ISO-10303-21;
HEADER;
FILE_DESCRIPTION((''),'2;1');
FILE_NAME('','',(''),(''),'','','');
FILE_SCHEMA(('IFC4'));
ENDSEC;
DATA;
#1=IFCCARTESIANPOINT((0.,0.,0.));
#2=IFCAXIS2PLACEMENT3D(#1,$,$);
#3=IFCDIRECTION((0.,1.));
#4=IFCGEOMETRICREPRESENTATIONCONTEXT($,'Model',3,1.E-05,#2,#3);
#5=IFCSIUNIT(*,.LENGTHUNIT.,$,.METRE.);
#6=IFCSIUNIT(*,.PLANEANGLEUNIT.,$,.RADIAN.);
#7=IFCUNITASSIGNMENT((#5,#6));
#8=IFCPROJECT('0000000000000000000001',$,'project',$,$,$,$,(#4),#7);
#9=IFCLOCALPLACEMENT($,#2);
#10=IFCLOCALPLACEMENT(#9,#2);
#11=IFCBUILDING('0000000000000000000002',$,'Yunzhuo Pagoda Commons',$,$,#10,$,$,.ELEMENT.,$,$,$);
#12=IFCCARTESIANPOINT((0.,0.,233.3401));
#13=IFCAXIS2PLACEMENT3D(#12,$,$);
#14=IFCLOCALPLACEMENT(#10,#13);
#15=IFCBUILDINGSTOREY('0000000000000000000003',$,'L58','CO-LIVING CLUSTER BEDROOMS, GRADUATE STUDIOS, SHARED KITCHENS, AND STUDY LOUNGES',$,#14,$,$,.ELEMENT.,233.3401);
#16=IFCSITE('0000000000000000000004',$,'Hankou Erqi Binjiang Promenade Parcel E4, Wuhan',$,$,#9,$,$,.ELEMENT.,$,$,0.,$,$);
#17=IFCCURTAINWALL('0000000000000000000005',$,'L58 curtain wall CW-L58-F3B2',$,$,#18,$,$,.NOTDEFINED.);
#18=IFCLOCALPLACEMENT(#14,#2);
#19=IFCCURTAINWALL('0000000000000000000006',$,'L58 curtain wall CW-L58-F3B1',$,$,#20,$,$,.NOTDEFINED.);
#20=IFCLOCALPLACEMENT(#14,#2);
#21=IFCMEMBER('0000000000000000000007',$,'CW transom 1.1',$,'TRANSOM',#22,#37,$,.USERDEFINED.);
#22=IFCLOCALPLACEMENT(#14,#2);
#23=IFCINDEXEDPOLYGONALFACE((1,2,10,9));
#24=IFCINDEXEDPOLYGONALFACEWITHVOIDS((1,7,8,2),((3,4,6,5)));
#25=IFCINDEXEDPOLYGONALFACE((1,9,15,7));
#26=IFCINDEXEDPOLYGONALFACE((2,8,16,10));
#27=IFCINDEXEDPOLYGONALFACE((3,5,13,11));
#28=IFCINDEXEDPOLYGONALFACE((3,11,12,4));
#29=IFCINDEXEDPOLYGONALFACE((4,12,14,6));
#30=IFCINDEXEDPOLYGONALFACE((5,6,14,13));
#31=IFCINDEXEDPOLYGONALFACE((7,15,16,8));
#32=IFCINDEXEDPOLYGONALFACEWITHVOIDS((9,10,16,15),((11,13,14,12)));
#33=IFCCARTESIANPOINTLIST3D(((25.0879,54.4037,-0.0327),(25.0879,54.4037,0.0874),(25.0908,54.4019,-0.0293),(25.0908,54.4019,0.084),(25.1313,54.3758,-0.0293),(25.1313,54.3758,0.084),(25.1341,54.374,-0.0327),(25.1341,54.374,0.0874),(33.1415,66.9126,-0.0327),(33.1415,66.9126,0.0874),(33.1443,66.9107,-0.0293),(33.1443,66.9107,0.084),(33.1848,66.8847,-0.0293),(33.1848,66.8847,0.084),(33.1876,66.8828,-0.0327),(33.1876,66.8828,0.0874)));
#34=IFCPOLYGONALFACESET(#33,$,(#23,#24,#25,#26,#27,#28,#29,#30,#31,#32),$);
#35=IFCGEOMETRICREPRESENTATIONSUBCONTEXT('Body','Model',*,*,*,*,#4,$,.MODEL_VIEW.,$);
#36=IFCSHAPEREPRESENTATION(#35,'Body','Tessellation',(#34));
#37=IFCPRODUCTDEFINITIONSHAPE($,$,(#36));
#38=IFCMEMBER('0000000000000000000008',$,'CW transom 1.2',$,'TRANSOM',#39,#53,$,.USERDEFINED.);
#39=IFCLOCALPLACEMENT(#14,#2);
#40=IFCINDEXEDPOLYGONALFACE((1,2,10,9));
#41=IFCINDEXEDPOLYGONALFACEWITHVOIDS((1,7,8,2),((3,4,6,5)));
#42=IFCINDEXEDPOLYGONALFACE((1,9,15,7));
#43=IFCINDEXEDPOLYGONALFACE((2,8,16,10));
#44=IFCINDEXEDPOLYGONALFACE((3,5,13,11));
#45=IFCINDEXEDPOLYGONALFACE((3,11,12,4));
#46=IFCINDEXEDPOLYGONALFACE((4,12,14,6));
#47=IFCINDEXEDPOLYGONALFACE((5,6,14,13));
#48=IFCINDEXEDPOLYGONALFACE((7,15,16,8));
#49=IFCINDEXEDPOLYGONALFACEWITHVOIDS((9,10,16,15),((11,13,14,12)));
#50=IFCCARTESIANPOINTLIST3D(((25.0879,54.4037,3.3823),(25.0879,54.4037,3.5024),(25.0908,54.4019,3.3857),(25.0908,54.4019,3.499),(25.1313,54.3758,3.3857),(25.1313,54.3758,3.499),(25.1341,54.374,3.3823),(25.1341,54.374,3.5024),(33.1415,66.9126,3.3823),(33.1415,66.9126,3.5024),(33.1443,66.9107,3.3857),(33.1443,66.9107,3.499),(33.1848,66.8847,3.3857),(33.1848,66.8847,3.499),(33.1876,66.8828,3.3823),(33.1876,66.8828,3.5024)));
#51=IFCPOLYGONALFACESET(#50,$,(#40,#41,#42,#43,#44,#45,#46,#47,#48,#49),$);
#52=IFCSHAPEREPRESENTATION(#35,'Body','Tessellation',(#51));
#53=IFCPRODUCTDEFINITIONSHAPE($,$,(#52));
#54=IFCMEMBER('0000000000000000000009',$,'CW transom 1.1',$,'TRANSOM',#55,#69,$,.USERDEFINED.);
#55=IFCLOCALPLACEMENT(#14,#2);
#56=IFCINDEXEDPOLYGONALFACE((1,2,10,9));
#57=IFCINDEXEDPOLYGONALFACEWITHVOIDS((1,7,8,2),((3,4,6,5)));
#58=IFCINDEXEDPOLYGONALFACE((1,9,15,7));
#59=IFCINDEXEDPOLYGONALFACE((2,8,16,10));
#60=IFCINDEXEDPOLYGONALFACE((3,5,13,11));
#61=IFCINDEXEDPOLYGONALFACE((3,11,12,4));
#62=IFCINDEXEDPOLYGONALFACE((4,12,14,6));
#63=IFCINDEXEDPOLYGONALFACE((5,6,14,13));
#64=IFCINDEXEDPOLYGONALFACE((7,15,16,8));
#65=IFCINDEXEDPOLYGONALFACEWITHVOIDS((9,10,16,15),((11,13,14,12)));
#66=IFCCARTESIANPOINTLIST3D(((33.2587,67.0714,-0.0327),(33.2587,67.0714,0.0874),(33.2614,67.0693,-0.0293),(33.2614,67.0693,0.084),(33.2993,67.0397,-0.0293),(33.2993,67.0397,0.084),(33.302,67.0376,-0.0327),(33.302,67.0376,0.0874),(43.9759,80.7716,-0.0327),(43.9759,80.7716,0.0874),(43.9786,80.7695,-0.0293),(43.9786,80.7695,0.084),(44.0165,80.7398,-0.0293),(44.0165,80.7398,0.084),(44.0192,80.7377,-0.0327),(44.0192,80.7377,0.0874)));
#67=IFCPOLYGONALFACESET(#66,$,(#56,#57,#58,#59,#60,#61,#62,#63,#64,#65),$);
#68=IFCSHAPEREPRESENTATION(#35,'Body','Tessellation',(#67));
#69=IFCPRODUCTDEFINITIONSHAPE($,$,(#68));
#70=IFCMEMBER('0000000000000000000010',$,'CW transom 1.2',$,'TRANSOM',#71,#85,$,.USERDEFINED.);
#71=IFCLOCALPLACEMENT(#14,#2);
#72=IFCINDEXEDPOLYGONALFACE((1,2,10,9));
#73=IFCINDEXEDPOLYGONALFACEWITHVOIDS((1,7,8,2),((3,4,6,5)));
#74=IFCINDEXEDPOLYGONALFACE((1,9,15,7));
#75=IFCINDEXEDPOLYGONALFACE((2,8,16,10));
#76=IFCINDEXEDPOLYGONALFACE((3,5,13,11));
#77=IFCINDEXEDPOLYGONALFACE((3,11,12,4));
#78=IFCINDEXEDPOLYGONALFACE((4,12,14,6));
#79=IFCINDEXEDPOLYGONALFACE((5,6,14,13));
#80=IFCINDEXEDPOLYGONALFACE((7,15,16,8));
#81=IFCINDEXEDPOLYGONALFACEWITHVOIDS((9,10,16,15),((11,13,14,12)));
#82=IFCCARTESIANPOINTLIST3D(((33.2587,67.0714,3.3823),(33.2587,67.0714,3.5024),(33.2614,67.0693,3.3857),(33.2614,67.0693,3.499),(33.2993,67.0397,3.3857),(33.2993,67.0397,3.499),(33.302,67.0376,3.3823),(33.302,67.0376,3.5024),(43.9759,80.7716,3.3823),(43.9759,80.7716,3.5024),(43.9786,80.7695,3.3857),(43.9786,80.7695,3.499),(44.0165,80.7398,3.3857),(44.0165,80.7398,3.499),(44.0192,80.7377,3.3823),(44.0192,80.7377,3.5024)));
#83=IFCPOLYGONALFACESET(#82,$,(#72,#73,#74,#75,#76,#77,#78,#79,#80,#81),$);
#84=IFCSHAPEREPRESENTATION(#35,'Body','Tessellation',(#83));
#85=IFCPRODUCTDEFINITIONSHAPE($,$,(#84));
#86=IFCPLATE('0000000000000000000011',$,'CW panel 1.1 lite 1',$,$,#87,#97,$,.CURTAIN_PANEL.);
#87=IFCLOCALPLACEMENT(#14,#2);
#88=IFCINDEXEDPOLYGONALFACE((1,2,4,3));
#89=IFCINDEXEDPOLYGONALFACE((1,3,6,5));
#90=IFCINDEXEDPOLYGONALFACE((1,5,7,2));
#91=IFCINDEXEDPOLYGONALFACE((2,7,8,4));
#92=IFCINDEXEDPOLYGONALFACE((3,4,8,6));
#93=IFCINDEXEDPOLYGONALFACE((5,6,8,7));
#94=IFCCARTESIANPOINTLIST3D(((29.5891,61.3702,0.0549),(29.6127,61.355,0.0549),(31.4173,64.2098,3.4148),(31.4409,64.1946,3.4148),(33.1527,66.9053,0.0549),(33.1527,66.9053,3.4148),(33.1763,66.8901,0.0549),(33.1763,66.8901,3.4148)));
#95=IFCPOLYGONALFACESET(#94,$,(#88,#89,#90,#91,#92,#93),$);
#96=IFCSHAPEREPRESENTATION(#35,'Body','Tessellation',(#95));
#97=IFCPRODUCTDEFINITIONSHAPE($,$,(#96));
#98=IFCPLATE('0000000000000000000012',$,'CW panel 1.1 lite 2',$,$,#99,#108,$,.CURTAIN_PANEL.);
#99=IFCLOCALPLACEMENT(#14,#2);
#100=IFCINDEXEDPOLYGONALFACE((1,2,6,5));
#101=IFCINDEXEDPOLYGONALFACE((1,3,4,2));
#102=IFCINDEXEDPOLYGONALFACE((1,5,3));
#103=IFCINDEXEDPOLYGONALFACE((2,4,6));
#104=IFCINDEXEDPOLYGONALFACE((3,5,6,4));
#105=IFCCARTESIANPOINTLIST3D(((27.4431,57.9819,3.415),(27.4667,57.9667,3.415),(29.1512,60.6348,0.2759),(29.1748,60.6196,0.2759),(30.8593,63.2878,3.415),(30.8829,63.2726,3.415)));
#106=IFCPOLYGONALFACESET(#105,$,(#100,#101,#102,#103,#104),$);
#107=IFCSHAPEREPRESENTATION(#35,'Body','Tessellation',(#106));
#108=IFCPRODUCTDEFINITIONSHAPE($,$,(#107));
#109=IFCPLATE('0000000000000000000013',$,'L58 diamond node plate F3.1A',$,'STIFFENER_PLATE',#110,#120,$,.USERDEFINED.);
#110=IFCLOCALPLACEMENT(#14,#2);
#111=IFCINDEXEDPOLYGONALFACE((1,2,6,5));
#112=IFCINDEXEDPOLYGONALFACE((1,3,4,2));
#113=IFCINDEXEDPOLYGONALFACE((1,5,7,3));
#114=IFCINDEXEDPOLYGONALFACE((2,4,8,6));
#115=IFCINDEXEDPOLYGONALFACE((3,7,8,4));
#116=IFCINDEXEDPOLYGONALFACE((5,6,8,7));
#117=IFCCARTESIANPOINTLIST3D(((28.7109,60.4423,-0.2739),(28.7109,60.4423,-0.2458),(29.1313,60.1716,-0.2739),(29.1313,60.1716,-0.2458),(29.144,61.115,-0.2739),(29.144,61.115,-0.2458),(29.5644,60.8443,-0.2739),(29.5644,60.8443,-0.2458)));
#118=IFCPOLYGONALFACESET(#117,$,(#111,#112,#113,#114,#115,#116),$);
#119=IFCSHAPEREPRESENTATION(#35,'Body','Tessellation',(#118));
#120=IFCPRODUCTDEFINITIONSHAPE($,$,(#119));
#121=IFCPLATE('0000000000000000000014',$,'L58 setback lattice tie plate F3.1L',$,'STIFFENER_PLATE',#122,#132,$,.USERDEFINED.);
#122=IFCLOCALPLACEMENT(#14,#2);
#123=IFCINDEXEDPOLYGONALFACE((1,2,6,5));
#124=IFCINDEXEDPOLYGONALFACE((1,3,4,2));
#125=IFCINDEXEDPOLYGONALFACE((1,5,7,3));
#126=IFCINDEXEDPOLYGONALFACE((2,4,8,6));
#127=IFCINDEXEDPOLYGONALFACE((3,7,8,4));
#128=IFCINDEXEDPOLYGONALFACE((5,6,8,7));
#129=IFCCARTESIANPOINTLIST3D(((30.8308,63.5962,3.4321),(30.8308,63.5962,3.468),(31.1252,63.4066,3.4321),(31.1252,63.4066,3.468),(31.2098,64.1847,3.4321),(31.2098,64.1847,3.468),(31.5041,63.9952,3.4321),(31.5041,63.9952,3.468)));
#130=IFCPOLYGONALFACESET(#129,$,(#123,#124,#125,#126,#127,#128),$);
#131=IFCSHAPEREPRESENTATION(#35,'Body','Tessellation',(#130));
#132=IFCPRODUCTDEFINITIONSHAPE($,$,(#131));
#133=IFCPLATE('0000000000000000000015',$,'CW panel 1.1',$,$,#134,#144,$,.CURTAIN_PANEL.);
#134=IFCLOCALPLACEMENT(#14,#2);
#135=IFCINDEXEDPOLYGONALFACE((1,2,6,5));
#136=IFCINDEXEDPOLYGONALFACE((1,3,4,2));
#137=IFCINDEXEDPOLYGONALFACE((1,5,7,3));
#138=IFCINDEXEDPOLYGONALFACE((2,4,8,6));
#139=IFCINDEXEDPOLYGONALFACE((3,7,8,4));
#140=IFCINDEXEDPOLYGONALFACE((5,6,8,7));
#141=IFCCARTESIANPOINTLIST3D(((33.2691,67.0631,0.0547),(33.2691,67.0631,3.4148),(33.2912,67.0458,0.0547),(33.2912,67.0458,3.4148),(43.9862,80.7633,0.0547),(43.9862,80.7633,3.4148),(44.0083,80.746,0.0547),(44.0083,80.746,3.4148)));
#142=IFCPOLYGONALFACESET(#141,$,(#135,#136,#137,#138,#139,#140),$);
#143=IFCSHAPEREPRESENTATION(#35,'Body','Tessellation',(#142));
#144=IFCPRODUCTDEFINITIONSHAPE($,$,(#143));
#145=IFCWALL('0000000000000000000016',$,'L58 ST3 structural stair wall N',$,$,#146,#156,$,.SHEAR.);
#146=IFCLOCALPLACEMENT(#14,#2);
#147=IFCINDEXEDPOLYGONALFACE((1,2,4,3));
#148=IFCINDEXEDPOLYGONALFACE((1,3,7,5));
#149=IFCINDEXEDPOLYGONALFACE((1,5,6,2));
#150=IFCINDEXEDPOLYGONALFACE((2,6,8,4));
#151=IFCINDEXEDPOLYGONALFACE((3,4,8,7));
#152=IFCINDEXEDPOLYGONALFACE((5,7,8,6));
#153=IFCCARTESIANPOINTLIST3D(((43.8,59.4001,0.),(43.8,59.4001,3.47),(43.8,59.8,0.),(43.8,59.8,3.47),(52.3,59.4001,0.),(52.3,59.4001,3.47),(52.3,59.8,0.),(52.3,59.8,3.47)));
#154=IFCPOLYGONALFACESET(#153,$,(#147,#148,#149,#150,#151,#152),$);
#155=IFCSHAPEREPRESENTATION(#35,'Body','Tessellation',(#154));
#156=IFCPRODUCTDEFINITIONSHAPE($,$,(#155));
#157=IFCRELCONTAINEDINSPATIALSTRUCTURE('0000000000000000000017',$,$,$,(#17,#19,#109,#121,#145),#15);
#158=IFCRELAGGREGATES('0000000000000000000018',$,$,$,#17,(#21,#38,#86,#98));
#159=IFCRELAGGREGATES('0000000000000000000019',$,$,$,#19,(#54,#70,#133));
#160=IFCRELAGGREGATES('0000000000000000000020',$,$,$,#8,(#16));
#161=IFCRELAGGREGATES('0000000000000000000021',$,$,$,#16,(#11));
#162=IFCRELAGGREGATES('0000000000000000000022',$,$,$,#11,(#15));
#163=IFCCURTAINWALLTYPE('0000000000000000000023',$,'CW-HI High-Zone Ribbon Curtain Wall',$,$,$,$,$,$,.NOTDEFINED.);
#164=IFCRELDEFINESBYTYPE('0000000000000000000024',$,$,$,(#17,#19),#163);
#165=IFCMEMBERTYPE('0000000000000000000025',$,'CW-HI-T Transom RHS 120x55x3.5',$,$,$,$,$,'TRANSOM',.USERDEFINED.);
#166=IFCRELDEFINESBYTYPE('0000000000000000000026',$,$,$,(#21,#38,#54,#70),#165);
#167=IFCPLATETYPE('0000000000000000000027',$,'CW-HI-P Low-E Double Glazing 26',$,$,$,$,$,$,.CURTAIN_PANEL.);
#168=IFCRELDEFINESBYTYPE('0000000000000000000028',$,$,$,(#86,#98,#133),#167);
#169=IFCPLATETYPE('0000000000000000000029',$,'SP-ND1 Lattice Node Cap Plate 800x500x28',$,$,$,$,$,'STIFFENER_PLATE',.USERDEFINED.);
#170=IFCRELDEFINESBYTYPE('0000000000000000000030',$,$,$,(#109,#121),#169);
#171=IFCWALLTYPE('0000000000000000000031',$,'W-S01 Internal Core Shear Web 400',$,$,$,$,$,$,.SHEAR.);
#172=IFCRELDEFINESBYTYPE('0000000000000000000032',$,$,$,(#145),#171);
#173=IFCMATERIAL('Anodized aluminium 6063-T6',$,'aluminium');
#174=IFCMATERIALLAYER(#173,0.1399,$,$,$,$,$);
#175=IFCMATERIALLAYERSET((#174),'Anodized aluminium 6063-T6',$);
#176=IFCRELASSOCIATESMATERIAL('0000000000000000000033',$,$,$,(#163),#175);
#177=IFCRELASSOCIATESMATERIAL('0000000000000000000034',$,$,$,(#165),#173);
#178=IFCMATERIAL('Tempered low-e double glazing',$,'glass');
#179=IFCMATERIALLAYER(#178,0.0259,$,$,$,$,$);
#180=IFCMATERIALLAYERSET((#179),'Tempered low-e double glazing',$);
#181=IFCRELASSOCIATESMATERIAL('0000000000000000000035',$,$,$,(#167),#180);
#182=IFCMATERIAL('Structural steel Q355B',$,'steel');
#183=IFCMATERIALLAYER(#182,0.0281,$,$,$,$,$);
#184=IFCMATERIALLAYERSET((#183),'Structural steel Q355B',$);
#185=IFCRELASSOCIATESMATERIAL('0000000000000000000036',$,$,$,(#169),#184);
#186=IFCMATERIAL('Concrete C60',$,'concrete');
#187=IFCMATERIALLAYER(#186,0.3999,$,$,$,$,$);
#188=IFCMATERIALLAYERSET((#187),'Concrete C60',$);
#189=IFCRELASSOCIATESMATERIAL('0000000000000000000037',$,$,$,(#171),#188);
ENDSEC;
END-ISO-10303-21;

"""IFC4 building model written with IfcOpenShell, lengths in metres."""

from ifc_helpers import new_model, si_unit, direction, frame, frame_2d, origin, origin_2d, place, context, subcontext, project, spatial, polyline, rectangle, hollow_rectangle, outline, extrude, source, transform, mapped, material, layer, layer_set, material_profile, profile_set, type_object, element, aggregate, save


model = new_model("IFC4")

# Units and contexts
model_context = context("Model", 3, precision=1e-05, world=origin(), true_north=direction((0.0, 1.0)))
body_context = subcontext(model_context, "Body", "Model", "MODEL_VIEW")
ifc_project = project(units=[si_unit("LENGTHUNIT", "METRE"), si_unit("PLANEANGLEUNIT", "RADIAN")], contexts=[model_context])

# Site, building, storey
site_placement = place(None, origin())
site = spatial("IfcSite", under=ifc_project, at=site_placement, Name="Hankou Erqi Binjiang Promenade Parcel E4, Wuhan", CompositionType="ELEMENT", RefElevation=0.0)
building_placement = place(site_placement, origin())
building = spatial("IfcBuilding", under=site, at=building_placement, Name="Yunzhuo Pagoda Commons", CompositionType="ELEMENT")
storey_placement = place(building_placement, frame((0.0, 0.0, 233.3401)))
storey = spatial("IfcBuildingStorey", under=building, at=storey_placement, Name="L58", Description="CO-LIVING CLUSTER BEDROOMS, GRADUATE STUDIOS, SHARED KITCHENS, AND STUDY LOUNGES", CompositionType="ELEMENT", Elevation=233.3401)

# Shared definitions
ifc_material_1 = material(Name="Structural steel Q355B", Category="steel")

# Curtain wall
ifc_material_2 = material(Name="Anodized aluminium 6063-T6", Category="aluminium")
ifc_layer_1 = layer(ifc_material_2, 0.1399)
ifc_layer_set_1 = layer_set([ifc_layer_1], Name="Anodized aluminium 6063-T6")
curtain_wall_type = type_object("IfcCurtainWallType", Name="CW-HI High-Zone Ribbon Curtain Wall", PredefinedType="NOTDEFINED", material=ifc_layer_set_1)
curtain_wall_1_placement = place(storey_placement, origin())
curtain_wall_1 = element("IfcCurtainWall", 1, at=curtain_wall_1_placement, inside=storey, type_object=curtain_wall_type, Name="L58 curtain wall CW-L58-F3B2", PredefinedType="NOTDEFINED")

# Curtain wall
curtain_wall_2_placement = place(storey_placement, origin())
curtain_wall_2 = element("IfcCurtainWall", 2, at=curtain_wall_2_placement, inside=storey, type_object=curtain_wall_type, Name="L58 curtain wall CW-L58-F3B1", PredefinedType="NOTDEFINED")

# Members
ifc_material_profile_1 = material_profile(ifc_material_2, hollow_rectangle(XDim=0.0549, YDim=0.1201, WallThickness=0.0034, at=origin_2d()), Name="Anodized aluminium 6063-T6")
ifc_profile_set_1 = profile_set([ifc_material_profile_1], Name="Anodized aluminium 6063-T6")
member_type_1 = type_object("IfcMemberType", Name="CW-HI-T Transom RHS 120x55x3.5", ElementType="TRANSOM", PredefinedType="USERDEFINED", material=ifc_profile_set_1)
shared_shape_1 = source(origin(), body_context, "Body", "SweptSolid", [
    extrude(hollow_rectangle(XDim=0.0549, YDim=0.1201, WallThickness=0.0034, at=origin_2d()), origin(), (0.0, 0.0, 1.0), 14.8772),
])
member_1_placement = place(storey_placement, frame((33.1646, 66.8977, 0.0273), z_axis=(-0.541333, -0.840808, 0.0), x_axis=(0.840808, -0.541333, 0.0)))
member_1 = element("IfcMember", 3, at=member_1_placement, type_object=member_type_1, Name="CW transom 1.1", ObjectType="TRANSOM", PredefinedType="USERDEFINED", context=body_context, shape_type="MappedRepresentation", body=[
    mapped(shared_shape_1, transform((0.0, 0.0, 0.0), scale=1.0)),
])
member_2_placement = place(storey_placement, frame((33.1646, 66.8977, 3.4424), z_axis=(-0.541333, -0.840808, 0.0), x_axis=(0.840808, -0.541333, 0.0)))
member_2 = element("IfcMember", 4, at=member_2_placement, type_object=member_type_1, Name="CW transom 1.2", ObjectType="TRANSOM", PredefinedType="USERDEFINED", context=body_context, shape_type="MappedRepresentation", body=[
    mapped(shared_shape_1, transform((0.0, 0.0, 0.0), scale=1.0)),
])
shared_shape_2 = source(origin(), body_context, "Body", "SweptSolid", [
    extrude(hollow_rectangle(XDim=0.0549, YDim=0.1201, WallThickness=0.0034, at=origin_2d()), origin(), (0.0, 0.0, 1.0), 17.394),
])
member_3_placement = place(storey_placement, frame((43.9976, 80.7546, 0.0273), z_axis=(-0.616144, -0.787634, 0.0), x_axis=(0.787634, -0.616144, 0.0)))
member_3 = element("IfcMember", 5, at=member_3_placement, type_object=member_type_1, Name="CW transom 1.1", ObjectType="TRANSOM", PredefinedType="USERDEFINED", context=body_context, shape_type="MappedRepresentation", body=[
    mapped(shared_shape_2, transform((0.0, 0.0, 0.0), scale=1.0)),
])
member_4_placement = place(storey_placement, frame((43.9976, 80.7546, 3.4424), z_axis=(-0.616144, -0.787634, 0.0), x_axis=(0.787634, -0.616144, 0.0)))
member_4 = element("IfcMember", 6, at=member_4_placement, type_object=member_type_1, Name="CW transom 1.2", ObjectType="TRANSOM", PredefinedType="USERDEFINED", context=body_context, shape_type="MappedRepresentation", body=[
    mapped(shared_shape_2, transform((0.0, 0.0, 0.0), scale=1.0)),
])

# Plates
ifc_material_3 = material(Name="Tempered low-e double glazing", Category="glass")
ifc_layer_2 = layer(ifc_material_3, 0.0259)
ifc_layer_set_2 = layer_set([ifc_layer_2], Name="Tempered low-e double glazing")
plate_type_1 = type_object("IfcPlateType", Name="CW-HI-P Low-E Double Glazing 26", PredefinedType="CURTAIN_PANEL", material=ifc_layer_set_2)
plate_1_placement = place(storey_placement, frame((31.3945, 64.1226, 1.7349), z_axis=(-0.840807, 0.541334, 0.0), x_axis=(-0.541334, -0.840807, 0.0)))
plate_1 = element("IfcPlate", 7, at=plate_1_placement, type_object=plate_type_1, Name="CW panel 1.1 lite 1", PredefinedType="CURTAIN_PANEL", context=body_context, shape_type="SweptSolid", body=[
    extrude(outline(polyline([(-3.2915, -1.6799), (3.2915, -1.6799), (-0.0857, 1.6799), (-3.2915, 1.6799), (-3.2915, -1.6799)])), origin(), (0.0, 0.0, 1.0), 0.0281),
])
plate_2_placement = place(storey_placement, frame((29.1748, 60.6196, 1.8455), z_axis=(-0.840807, 0.541334, 0.0), x_axis=(-0.541334, -0.840807, 0.0)))
plate_2 = element("IfcPlate", 8, at=plate_2_placement, type_object=plate_type_1, Name="CW panel 1.1 lite 2", PredefinedType="CURTAIN_PANEL", context=body_context, shape_type="SweptSolid", body=[
    extrude(outline(polyline([(-3.1553, 1.5696), (0.0, -1.5696), (3.1553, 1.5696), (-3.1553, 1.5696)])), origin(), (0.0, 0.0, 1.0), 0.0281),
])
aggregate(curtain_wall_1, [member_1, member_2, plate_1, plate_2])

# Plates
ifc_layer_3 = layer(ifc_material_1, 0.0281)
ifc_layer_set_3 = layer_set([ifc_layer_3], Name="Structural steel Q355B")
plate_type_2 = type_object("IfcPlateType", Name="SP-ND1 Lattice Node Cap Plate 800x500x28", ElementType="STIFFENER_PLATE", PredefinedType="USERDEFINED", material=ifc_layer_set_3)
shared_shape_3 = source(origin(), body_context, "Body", "SweptSolid", [
    extrude(rectangle(XDim=0.8, YDim=0.5, at=origin_2d()), origin(), (0.0, 0.0, 1.0), 0.0281),
])
plate_3_placement = place(storey_placement, frame((29.1377, 60.6433, -0.2739), z_axis=(0.0, 0.0, 1.0), x_axis=(-0.541341, -0.840803, 0.0)))
element("IfcPlate", 9, at=plate_3_placement, inside=storey, type_object=plate_type_2, Name="L58 diamond node plate F3.1A", ObjectType="STIFFENER_PLATE", PredefinedType="USERDEFINED", context=body_context, shape_type="MappedRepresentation", body=[
    mapped(shared_shape_3, transform((0.0, 0.0, 0.0), scale=1.0)),
])
shared_shape_4 = source(origin(), body_context, "Body", "SweptSolid", [
    extrude(rectangle(XDim=0.7, YDim=0.3501, at=origin_2d()), origin(), (0.0, 0.0, 1.0), 0.0359),
])
plate_4_placement = place(storey_placement, frame((31.1675, 63.7957, 3.4321), z_axis=(0.0, 0.0, 1.0), x_axis=(-0.541341, -0.840803, 0.0)))
element("IfcPlate", 10, at=plate_4_placement, inside=storey, type_object=plate_type_2, Name="L58 setback lattice tie plate F3.1L", ObjectType="STIFFENER_PLATE", PredefinedType="USERDEFINED", context=body_context, shape_type="MappedRepresentation", body=[
    mapped(shared_shape_4, transform((0.0, 0.0, 0.0), scale=1.0)),
])

# Plate
shared_shape_5 = source(origin(), body_context, "Body", "SweptSolid", [
    extrude(rectangle(XDim=17.394, YDim=0.0281, at=origin_2d()), origin(), (0.0, 0.0, 1.0), 3.3601),
])
plate_5_placement = place(storey_placement, frame((38.6387, 73.9045, 0.0547), z_axis=(0.0, 0.0, 1.0), x_axis=(-0.616136, -0.787639, 0.0)))
plate_5 = element("IfcPlate", 11, at=plate_5_placement, type_object=plate_type_1, Name="CW panel 1.1", PredefinedType="CURTAIN_PANEL", context=body_context, shape_type="MappedRepresentation", body=[
    mapped(shared_shape_5, transform((0.0, 0.0, 0.0), scale=1.0)),
])
aggregate(curtain_wall_2, [member_3, member_4, plate_5])

# Wall
ifc_material_4 = material(Name="Concrete C60", Category="concrete")
ifc_layer_4 = layer(ifc_material_4, 0.3999)
ifc_layer_set_4 = layer_set([ifc_layer_4], Name="Concrete C60")
wall_type = type_object("IfcWallType", Name="W-S01 Internal Core Shear Web 400", PredefinedType="SHEAR", material=ifc_layer_set_4)
wall_placement = place(storey_placement, frame((43.8, 59.6001, 0.0), z_axis=(0.0, 0.0, 1.0), x_axis=(1.0, 0.0, 0.0)))
element("IfcWall", 12, at=wall_placement, inside=storey, type_object=wall_type, Name="L58 ST3 structural stair wall N", PredefinedType="SHEAR", context=body_context, shape_type="SweptSolid", body=[
    extrude(rectangle(XDim=8.5, YDim=0.3999, at=frame_2d((4.25, 0.0))), origin(), (0.0, 0.0, 1.0), 3.47),
])

save(model, "model.ifc")
